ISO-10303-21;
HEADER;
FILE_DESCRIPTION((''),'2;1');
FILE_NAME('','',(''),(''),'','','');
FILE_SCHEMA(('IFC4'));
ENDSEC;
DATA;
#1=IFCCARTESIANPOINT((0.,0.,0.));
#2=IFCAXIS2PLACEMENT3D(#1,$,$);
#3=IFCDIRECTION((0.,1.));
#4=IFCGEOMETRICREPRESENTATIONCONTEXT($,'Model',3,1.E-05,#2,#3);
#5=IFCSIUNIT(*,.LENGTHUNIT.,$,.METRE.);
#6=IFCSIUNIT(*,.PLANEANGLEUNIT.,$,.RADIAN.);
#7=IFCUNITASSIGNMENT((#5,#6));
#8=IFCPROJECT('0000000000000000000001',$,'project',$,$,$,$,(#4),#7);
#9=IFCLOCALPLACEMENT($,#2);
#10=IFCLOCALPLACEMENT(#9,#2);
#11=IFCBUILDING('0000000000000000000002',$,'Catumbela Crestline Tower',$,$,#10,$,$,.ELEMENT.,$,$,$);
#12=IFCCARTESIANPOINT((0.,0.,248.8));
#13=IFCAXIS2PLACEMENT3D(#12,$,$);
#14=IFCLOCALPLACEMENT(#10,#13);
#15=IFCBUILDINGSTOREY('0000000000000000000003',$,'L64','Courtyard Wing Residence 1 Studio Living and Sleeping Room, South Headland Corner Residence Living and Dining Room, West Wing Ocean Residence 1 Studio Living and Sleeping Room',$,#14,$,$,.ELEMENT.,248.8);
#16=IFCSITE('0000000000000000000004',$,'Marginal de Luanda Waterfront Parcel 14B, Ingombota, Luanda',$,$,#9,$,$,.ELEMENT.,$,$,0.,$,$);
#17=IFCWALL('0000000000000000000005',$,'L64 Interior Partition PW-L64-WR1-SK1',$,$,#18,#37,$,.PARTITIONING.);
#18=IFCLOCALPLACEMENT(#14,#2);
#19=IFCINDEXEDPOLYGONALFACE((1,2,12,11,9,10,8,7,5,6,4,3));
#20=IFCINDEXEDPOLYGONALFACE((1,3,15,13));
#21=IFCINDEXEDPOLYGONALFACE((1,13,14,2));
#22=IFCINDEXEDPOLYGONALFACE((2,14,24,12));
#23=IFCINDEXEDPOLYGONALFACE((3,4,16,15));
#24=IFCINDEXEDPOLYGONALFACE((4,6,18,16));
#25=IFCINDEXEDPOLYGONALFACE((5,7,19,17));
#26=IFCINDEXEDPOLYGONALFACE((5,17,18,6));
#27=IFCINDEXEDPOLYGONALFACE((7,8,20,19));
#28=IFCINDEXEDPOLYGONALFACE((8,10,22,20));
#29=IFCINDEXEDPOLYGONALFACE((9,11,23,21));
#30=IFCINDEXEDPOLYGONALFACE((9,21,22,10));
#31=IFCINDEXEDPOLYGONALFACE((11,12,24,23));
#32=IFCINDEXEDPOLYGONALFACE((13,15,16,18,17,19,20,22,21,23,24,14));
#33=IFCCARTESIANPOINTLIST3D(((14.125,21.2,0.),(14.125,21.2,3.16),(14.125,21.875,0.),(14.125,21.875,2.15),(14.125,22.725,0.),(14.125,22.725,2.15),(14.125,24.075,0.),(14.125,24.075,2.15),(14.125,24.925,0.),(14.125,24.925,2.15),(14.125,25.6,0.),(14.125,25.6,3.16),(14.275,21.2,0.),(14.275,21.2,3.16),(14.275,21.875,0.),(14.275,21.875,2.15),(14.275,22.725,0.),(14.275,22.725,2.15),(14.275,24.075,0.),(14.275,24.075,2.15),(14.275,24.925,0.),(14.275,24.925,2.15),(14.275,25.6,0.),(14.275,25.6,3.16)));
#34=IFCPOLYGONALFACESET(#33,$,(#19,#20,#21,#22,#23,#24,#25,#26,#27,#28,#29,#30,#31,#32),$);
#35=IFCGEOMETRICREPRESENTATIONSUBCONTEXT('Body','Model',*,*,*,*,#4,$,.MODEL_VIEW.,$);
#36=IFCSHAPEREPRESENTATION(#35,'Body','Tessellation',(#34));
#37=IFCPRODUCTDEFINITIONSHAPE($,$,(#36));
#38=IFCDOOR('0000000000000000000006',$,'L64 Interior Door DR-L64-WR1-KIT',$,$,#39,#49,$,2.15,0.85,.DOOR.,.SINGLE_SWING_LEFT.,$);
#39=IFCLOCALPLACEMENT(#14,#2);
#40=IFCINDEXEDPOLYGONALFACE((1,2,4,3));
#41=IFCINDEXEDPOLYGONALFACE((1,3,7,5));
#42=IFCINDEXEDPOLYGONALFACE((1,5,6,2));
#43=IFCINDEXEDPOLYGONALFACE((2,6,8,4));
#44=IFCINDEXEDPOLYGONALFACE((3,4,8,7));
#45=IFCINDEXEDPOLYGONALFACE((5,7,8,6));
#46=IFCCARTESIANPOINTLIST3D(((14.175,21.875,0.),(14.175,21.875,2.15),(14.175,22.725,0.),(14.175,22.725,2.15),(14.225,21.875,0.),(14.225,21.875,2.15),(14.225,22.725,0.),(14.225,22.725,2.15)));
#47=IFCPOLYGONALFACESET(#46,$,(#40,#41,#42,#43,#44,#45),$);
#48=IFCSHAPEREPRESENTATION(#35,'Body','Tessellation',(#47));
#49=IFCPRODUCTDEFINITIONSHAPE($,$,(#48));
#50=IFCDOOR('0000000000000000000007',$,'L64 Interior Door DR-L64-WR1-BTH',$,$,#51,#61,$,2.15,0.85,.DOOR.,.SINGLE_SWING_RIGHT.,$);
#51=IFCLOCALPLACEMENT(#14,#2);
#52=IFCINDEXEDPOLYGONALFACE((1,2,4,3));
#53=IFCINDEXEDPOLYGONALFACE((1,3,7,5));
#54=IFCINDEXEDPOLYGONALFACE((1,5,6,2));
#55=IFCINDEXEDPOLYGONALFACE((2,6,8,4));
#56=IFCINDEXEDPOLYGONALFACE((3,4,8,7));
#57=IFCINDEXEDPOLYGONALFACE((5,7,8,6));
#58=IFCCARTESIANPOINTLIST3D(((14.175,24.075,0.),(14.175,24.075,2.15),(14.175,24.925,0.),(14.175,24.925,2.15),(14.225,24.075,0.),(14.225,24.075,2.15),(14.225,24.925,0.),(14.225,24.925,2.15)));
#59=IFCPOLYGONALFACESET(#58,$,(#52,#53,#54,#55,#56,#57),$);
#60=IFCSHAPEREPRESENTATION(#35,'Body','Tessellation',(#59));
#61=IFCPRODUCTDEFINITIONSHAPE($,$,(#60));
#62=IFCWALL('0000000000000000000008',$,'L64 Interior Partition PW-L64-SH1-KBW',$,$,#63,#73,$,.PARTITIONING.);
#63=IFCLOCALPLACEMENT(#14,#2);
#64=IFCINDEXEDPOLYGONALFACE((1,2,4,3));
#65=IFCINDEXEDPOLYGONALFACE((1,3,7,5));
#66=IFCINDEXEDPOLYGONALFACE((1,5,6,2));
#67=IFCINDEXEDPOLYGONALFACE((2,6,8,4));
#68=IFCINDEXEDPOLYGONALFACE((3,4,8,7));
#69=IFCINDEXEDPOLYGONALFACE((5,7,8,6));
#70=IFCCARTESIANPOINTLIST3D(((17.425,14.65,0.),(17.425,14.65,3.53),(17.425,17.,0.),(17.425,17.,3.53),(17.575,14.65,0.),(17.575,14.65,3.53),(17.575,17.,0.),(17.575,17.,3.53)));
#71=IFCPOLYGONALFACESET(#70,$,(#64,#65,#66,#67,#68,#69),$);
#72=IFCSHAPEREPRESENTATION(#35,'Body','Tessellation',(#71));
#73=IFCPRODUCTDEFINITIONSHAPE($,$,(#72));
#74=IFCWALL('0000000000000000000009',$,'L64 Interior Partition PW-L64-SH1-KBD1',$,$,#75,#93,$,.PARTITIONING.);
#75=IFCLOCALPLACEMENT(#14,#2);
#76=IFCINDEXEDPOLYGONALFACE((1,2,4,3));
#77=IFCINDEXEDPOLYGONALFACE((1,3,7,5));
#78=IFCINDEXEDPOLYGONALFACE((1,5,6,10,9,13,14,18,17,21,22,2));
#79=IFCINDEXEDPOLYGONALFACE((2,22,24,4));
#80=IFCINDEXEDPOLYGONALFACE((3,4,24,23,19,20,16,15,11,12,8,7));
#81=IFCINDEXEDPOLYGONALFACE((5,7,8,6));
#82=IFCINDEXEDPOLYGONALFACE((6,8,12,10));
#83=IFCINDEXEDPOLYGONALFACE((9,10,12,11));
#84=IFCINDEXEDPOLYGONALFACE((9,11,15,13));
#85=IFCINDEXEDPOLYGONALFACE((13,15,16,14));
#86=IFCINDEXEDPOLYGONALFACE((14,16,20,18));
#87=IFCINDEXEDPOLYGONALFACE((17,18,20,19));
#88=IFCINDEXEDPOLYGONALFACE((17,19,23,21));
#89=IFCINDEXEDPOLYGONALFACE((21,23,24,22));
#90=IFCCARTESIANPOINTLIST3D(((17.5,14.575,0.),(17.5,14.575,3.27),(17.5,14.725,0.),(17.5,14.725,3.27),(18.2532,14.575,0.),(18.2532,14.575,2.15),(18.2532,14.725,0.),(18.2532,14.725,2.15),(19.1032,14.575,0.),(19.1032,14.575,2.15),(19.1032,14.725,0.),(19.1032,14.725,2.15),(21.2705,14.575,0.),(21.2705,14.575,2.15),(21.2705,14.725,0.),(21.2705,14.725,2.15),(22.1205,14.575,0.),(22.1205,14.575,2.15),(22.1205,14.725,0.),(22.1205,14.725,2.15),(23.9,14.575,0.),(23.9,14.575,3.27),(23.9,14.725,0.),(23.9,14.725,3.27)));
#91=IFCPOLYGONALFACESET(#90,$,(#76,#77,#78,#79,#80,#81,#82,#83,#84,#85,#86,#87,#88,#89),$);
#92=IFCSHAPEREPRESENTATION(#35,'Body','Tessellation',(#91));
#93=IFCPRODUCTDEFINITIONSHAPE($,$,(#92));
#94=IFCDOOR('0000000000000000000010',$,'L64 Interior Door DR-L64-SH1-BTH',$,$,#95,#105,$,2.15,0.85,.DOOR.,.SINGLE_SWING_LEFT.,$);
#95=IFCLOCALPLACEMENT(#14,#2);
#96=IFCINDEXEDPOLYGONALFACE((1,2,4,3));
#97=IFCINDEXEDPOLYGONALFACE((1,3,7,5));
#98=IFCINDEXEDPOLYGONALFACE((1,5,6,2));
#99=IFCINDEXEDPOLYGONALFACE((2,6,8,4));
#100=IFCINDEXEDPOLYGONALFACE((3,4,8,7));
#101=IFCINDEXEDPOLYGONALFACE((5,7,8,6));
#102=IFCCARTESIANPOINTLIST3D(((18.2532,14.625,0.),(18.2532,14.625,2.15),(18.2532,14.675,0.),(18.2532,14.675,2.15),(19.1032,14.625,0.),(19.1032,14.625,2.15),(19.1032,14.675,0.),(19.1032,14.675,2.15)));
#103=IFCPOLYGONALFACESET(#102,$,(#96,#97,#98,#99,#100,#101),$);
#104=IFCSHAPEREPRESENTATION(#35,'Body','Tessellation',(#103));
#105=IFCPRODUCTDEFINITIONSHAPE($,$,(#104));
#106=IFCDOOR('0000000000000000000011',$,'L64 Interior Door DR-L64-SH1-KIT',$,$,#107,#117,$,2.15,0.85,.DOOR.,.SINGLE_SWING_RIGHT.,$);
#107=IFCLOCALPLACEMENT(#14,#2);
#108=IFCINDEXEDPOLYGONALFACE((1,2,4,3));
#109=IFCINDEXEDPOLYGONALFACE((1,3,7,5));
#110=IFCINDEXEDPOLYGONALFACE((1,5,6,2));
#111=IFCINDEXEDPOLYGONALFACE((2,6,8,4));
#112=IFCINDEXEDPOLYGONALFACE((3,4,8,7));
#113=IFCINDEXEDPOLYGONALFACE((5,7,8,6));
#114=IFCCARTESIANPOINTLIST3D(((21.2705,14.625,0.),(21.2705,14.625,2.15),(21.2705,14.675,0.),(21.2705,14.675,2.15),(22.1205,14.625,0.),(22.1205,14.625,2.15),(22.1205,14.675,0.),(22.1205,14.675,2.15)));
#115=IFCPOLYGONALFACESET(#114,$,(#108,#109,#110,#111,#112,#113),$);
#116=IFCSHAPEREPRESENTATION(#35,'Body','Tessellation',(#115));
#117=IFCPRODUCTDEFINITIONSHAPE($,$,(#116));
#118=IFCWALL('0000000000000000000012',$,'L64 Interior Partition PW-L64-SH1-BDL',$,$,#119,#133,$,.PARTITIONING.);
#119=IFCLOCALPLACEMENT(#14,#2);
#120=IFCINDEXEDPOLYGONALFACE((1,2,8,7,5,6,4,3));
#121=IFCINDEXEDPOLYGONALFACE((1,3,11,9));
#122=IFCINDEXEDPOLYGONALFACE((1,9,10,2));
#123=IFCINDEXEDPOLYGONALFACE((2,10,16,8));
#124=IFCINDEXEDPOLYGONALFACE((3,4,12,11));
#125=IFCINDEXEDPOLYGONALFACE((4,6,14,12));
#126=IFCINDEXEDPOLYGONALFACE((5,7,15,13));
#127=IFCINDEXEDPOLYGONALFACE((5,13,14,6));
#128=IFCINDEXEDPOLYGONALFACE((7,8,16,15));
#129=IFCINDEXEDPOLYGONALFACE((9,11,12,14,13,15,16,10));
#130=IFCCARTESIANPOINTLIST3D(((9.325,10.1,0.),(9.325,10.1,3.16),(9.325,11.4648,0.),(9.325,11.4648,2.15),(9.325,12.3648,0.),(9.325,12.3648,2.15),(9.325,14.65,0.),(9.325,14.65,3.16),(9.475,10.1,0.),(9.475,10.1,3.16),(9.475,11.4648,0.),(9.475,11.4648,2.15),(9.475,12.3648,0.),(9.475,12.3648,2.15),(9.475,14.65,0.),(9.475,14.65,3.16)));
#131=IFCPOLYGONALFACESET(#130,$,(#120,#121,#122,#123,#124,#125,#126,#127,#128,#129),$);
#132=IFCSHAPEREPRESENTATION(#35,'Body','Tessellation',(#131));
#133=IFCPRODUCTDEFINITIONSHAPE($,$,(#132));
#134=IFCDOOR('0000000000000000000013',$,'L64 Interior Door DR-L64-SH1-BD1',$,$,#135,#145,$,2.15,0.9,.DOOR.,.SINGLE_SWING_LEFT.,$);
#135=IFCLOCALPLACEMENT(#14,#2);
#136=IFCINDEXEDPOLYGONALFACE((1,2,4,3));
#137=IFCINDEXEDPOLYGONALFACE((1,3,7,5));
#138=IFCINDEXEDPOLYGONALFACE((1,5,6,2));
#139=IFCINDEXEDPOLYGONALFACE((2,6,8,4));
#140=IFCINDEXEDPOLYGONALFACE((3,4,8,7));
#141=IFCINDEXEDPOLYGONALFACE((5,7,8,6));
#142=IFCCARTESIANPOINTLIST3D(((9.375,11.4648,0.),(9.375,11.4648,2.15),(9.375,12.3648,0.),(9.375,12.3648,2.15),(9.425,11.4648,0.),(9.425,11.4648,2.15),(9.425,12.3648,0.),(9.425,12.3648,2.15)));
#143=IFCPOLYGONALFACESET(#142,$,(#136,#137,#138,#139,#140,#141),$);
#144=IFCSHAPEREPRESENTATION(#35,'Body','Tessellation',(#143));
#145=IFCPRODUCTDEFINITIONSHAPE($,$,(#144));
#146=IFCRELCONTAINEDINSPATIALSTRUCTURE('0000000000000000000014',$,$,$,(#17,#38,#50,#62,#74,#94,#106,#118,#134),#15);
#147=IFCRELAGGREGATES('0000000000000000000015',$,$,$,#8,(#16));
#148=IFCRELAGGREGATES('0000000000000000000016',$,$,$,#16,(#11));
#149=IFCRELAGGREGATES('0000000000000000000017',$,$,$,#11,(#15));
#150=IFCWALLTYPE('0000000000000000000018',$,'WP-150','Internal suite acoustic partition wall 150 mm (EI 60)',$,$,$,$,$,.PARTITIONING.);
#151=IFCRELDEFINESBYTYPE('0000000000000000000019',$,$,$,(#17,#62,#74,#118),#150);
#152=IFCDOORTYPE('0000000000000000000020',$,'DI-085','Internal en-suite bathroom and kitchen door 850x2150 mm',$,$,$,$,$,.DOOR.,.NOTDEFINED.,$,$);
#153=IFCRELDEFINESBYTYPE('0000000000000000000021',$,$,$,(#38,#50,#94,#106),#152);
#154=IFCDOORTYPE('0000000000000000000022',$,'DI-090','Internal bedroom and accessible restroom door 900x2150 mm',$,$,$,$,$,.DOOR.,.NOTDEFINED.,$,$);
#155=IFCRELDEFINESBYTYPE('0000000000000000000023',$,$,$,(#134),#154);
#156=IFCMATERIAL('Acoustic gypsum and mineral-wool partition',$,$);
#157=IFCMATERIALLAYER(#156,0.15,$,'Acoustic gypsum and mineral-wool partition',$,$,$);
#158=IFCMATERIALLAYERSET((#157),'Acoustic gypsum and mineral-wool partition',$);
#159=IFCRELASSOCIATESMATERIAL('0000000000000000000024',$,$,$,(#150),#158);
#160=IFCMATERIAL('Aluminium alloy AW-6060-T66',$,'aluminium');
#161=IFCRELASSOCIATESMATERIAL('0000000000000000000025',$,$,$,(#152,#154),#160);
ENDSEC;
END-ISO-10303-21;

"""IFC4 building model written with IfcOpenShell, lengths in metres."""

from ifc_helpers import new_model, si_unit, direction, frame, frame_2d, origin, place, context, subcontext, project, spatial, rectangle, extrude, material, layer, layer_set, type_object, element, fill, save


model = new_model("IFC4")

# Units and contexts
model_context = context("Model", 3, precision=1e-05, world=origin(), true_north=direction((0.0, 1.0)))
body_context = subcontext(model_context, "Body", "Model", "MODEL_VIEW")
ifc_project = project(units=[si_unit("LENGTHUNIT", "METRE"), si_unit("PLANEANGLEUNIT", "RADIAN")], contexts=[model_context])

# Site, building, storey
site_placement = place(None, origin())
site = spatial("IfcSite", under=ifc_project, at=site_placement, Name="Marginal de Luanda Waterfront Parcel 14B, Ingombota, Luanda", CompositionType="ELEMENT", RefElevation=0.0)
building_placement = place(site_placement, origin())
building = spatial("IfcBuilding", under=site, at=building_placement, Name="Catumbela Crestline Tower", CompositionType="ELEMENT")
storey_placement = place(building_placement, frame((0.0, 0.0, 248.8)))
storey = spatial("IfcBuildingStorey", under=building, at=storey_placement, Name="L64", Description="Courtyard Wing Residence 1 Studio Living and Sleeping Room, South Headland Corner Residence Living and Dining Room, West Wing Ocean Residence 1 Studio Living and Sleeping Room", CompositionType="ELEMENT", Elevation=248.8)

# Shared definitions
ifc_material_1 = material(Name="Aluminium alloy AW-6060-T66", Category="aluminium")

# Shared definitions
ifc_material_2 = material(Name="Acoustic gypsum and mineral-wool partition")

# Shared definitions
ifc_layer_1 = layer(ifc_material_2, 0.15, Name="Acoustic gypsum and mineral-wool partition")
ifc_layer_set_1 = layer_set([ifc_layer_1], Name="Acoustic gypsum and mineral-wool partition")
wall_type_1 = type_object("IfcWallType", Name="WP-150", Description="Internal suite acoustic partition wall 150 mm (EI 60)", PredefinedType="PARTITIONING", material=ifc_layer_set_1)

# Wall, openings, doors
wall_1_placement = place(storey_placement, frame((14.2, 21.2, 0.0), z_axis=(0.0, 0.0, 1.0), x_axis=(0.0, 1.0, 0.0)))
wall_1 = element("IfcWall", 1, at=wall_1_placement, inside=storey, type_object=wall_type_1, Name="L64 Interior Partition PW-L64-WR1-SK1", PredefinedType="PARTITIONING", context=body_context, shape_type="SweptSolid", body=[
    extrude(rectangle(XDim=4.4, YDim=0.15, at=frame_2d((2.2, 0.0))), origin(), (0.0, 0.0, 1.0), 3.16),
])
opening_1_placement = place(wall_1_placement, frame((0.675, 0.0, 0.0)))
opening_1 = element("IfcOpeningElement", 2, at=opening_1_placement, cuts=wall_1, PredefinedType="OPENING", context=body_context, shape_type="SweptSolid", body=[
    extrude(rectangle(XDim=0.85, YDim=2.15, at=frame_2d((0.425, 1.075))), frame((0.0, 0.085, 0.0), z_axis=(0.0, -1.0, 0.0), x_axis=(1.0, 0.0, 0.0)), (0.0, 0.0, 1.0), 0.17),
])
opening_2_placement = place(wall_1_placement, frame((2.875, 0.0, 0.0)))
opening_2 = element("IfcOpeningElement", 3, at=opening_2_placement, cuts=wall_1, PredefinedType="OPENING", context=body_context, shape_type="SweptSolid", body=[
    extrude(rectangle(XDim=0.85, YDim=2.15, at=frame_2d((0.425, 1.075))), frame((0.0, 0.085, 0.0), z_axis=(0.0, -1.0, 0.0), x_axis=(1.0, 0.0, 0.0)), (0.0, 0.0, 1.0), 0.17),
])
door_type_1 = type_object("IfcDoorType", Name="DI-085", Description="Internal en-suite bathroom and kitchen door 850x2150 mm", OperationType="NOTDEFINED", PredefinedType="DOOR", material=ifc_material_1)
door_1_placement = place(opening_1_placement, origin())
door_1 = element("IfcDoor", 4, at=door_1_placement, inside=storey, type_object=door_type_1, Name="L64 Interior Door DR-L64-WR1-KIT", OperationType="SINGLE_SWING_LEFT", OverallHeight=2.15, OverallWidth=0.85, PredefinedType="DOOR", context=body_context, shape_type="SweptSolid", body=[
    extrude(rectangle(XDim=0.85, YDim=2.15, at=frame_2d((0.425, 1.075))), frame((0.0, 0.025, 0.0), z_axis=(0.0, -1.0, 0.0), x_axis=(1.0, 0.0, 0.0)), (0.0, 0.0, 1.0), 0.05),
])
fill(opening_1, door_1)
door_2_placement = place(opening_2_placement, origin())
door_2 = element("IfcDoor", 5, at=door_2_placement, inside=storey, type_object=door_type_1, Name="L64 Interior Door DR-L64-WR1-BTH", OperationType="SINGLE_SWING_RIGHT", OverallHeight=2.15, OverallWidth=0.85, PredefinedType="DOOR", context=body_context, shape_type="SweptSolid", body=[
    extrude(rectangle(XDim=0.85, YDim=2.15, at=frame_2d((0.425, 1.075))), frame((0.0, 0.025, 0.0), z_axis=(0.0, -1.0, 0.0), x_axis=(1.0, 0.0, 0.0)), (0.0, 0.0, 1.0), 0.05),
])
fill(opening_2, door_2)

# Wall
wall_2_placement = place(storey_placement, frame((17.5, 14.65, 0.0), z_axis=(0.0, 0.0, 1.0), x_axis=(0.0, 1.0, 0.0)))
element("IfcWall", 6, at=wall_2_placement, inside=storey, type_object=wall_type_1, Name="L64 Interior Partition PW-L64-SH1-KBW", PredefinedType="PARTITIONING", context=body_context, shape_type="SweptSolid", body=[
    extrude(rectangle(XDim=2.35, YDim=0.15, at=frame_2d((1.175, 0.0))), origin(), (0.0, 0.0, 1.0), 3.53),
])

# Wall, openings, doors
wall_3_placement = place(storey_placement, frame((17.5, 14.65, 0.0), z_axis=(0.0, 0.0, 1.0), x_axis=(1.0, 0.0, 0.0)))
wall_3 = element("IfcWall", 7, at=wall_3_placement, inside=storey, type_object=wall_type_1, Name="L64 Interior Partition PW-L64-SH1-KBD1", PredefinedType="PARTITIONING", context=body_context, shape_type="SweptSolid", body=[
    extrude(rectangle(XDim=6.4, YDim=0.15, at=frame_2d((3.2, 0.0))), origin(), (0.0, 0.0, 1.0), 3.27),
])
opening_3_placement = place(wall_3_placement, frame((0.7532, 0.0, 0.0)))
opening_3 = element("IfcOpeningElement", 8, at=opening_3_placement, cuts=wall_3, PredefinedType="OPENING", context=body_context, shape_type="SweptSolid", body=[
    extrude(rectangle(XDim=0.85, YDim=2.15, at=frame_2d((0.425, 1.075))), frame((0.0, 0.085, 0.0), z_axis=(0.0, -1.0, 0.0), x_axis=(1.0, 0.0, 0.0)), (0.0, 0.0, 1.0), 0.17),
])
opening_4_placement = place(wall_3_placement, frame((3.7705, 0.0, 0.0)))
opening_4 = element("IfcOpeningElement", 9, at=opening_4_placement, cuts=wall_3, PredefinedType="OPENING", context=body_context, shape_type="SweptSolid", body=[
    extrude(rectangle(XDim=0.85, YDim=2.15, at=frame_2d((0.425, 1.075))), frame((0.0, 0.085, 0.0), z_axis=(0.0, -1.0, 0.0), x_axis=(1.0, 0.0, 0.0)), (0.0, 0.0, 1.0), 0.17),
])
door_3_placement = place(opening_3_placement, origin())
door_3 = element("IfcDoor", 10, at=door_3_placement, inside=storey, type_object=door_type_1, Name="L64 Interior Door DR-L64-SH1-BTH", OperationType="SINGLE_SWING_LEFT", OverallHeight=2.15, OverallWidth=0.85, PredefinedType="DOOR", context=body_context, shape_type="SweptSolid", body=[
    extrude(rectangle(XDim=0.85, YDim=2.15, at=frame_2d((0.425, 1.075))), frame((0.0, 0.025, 0.0), z_axis=(0.0, -1.0, 0.0), x_axis=(1.0, 0.0, 0.0)), (0.0, 0.0, 1.0), 0.05),
])
fill(opening_3, door_3)
door_4_placement = place(opening_4_placement, origin())
door_4 = element("IfcDoor", 11, at=door_4_placement, inside=storey, type_object=door_type_1, Name="L64 Interior Door DR-L64-SH1-KIT", OperationType="SINGLE_SWING_RIGHT", OverallHeight=2.15, OverallWidth=0.85, PredefinedType="DOOR", context=body_context, shape_type="SweptSolid", body=[
    extrude(rectangle(XDim=0.85, YDim=2.15, at=frame_2d((0.425, 1.075))), frame((0.0, 0.025, 0.0), z_axis=(0.0, -1.0, 0.0), x_axis=(1.0, 0.0, 0.0)), (0.0, 0.0, 1.0), 0.05),
])
fill(opening_4, door_4)

# Wall, opening, door
wall_4_placement = place(storey_placement, frame((9.4, 10.1, 0.0), z_axis=(0.0, 0.0, 1.0), x_axis=(0.0, 1.0, 0.0)))
wall_4 = element("IfcWall", 12, at=wall_4_placement, inside=storey, type_object=wall_type_1, Name="L64 Interior Partition PW-L64-SH1-BDL", PredefinedType="PARTITIONING", context=body_context, shape_type="SweptSolid", body=[
    extrude(rectangle(XDim=4.55, YDim=0.15, at=frame_2d((2.275, 0.0))), origin(), (0.0, 0.0, 1.0), 3.16),
])
opening_5_placement = place(wall_4_placement, frame((1.3648, 0.0, 0.0)))
opening_5 = element("IfcOpeningElement", 13, at=opening_5_placement, cuts=wall_4, PredefinedType="OPENING", context=body_context, shape_type="SweptSolid", body=[
    extrude(rectangle(XDim=0.9, YDim=2.15, at=frame_2d((0.45, 1.075))), frame((0.0, 0.085, 0.0), z_axis=(0.0, -1.0, 0.0), x_axis=(1.0, 0.0, 0.0)), (0.0, 0.0, 1.0), 0.17),
])
door_type_2 = type_object("IfcDoorType", Name="DI-090", Description="Internal bedroom and accessible restroom door 900x2150 mm", OperationType="NOTDEFINED", PredefinedType="DOOR", material=ifc_material_1)
door_5_placement = place(opening_5_placement, origin())
door_5 = element("IfcDoor", 14, at=door_5_placement, inside=storey, type_object=door_type_2, Name="L64 Interior Door DR-L64-SH1-BD1", OperationType="SINGLE_SWING_LEFT", OverallHeight=2.15, OverallWidth=0.9, PredefinedType="DOOR", context=body_context, shape_type="SweptSolid", body=[
    extrude(rectangle(XDim=0.9, YDim=2.15, at=frame_2d((0.45, 1.075))), frame((0.0, 0.025, 0.0), z_axis=(0.0, -1.0, 0.0), x_axis=(1.0, 0.0, 0.0)), (0.0, 0.0, 1.0), 0.05),
])
fill(opening_5, door_5)

save(model, "model.ifc")
